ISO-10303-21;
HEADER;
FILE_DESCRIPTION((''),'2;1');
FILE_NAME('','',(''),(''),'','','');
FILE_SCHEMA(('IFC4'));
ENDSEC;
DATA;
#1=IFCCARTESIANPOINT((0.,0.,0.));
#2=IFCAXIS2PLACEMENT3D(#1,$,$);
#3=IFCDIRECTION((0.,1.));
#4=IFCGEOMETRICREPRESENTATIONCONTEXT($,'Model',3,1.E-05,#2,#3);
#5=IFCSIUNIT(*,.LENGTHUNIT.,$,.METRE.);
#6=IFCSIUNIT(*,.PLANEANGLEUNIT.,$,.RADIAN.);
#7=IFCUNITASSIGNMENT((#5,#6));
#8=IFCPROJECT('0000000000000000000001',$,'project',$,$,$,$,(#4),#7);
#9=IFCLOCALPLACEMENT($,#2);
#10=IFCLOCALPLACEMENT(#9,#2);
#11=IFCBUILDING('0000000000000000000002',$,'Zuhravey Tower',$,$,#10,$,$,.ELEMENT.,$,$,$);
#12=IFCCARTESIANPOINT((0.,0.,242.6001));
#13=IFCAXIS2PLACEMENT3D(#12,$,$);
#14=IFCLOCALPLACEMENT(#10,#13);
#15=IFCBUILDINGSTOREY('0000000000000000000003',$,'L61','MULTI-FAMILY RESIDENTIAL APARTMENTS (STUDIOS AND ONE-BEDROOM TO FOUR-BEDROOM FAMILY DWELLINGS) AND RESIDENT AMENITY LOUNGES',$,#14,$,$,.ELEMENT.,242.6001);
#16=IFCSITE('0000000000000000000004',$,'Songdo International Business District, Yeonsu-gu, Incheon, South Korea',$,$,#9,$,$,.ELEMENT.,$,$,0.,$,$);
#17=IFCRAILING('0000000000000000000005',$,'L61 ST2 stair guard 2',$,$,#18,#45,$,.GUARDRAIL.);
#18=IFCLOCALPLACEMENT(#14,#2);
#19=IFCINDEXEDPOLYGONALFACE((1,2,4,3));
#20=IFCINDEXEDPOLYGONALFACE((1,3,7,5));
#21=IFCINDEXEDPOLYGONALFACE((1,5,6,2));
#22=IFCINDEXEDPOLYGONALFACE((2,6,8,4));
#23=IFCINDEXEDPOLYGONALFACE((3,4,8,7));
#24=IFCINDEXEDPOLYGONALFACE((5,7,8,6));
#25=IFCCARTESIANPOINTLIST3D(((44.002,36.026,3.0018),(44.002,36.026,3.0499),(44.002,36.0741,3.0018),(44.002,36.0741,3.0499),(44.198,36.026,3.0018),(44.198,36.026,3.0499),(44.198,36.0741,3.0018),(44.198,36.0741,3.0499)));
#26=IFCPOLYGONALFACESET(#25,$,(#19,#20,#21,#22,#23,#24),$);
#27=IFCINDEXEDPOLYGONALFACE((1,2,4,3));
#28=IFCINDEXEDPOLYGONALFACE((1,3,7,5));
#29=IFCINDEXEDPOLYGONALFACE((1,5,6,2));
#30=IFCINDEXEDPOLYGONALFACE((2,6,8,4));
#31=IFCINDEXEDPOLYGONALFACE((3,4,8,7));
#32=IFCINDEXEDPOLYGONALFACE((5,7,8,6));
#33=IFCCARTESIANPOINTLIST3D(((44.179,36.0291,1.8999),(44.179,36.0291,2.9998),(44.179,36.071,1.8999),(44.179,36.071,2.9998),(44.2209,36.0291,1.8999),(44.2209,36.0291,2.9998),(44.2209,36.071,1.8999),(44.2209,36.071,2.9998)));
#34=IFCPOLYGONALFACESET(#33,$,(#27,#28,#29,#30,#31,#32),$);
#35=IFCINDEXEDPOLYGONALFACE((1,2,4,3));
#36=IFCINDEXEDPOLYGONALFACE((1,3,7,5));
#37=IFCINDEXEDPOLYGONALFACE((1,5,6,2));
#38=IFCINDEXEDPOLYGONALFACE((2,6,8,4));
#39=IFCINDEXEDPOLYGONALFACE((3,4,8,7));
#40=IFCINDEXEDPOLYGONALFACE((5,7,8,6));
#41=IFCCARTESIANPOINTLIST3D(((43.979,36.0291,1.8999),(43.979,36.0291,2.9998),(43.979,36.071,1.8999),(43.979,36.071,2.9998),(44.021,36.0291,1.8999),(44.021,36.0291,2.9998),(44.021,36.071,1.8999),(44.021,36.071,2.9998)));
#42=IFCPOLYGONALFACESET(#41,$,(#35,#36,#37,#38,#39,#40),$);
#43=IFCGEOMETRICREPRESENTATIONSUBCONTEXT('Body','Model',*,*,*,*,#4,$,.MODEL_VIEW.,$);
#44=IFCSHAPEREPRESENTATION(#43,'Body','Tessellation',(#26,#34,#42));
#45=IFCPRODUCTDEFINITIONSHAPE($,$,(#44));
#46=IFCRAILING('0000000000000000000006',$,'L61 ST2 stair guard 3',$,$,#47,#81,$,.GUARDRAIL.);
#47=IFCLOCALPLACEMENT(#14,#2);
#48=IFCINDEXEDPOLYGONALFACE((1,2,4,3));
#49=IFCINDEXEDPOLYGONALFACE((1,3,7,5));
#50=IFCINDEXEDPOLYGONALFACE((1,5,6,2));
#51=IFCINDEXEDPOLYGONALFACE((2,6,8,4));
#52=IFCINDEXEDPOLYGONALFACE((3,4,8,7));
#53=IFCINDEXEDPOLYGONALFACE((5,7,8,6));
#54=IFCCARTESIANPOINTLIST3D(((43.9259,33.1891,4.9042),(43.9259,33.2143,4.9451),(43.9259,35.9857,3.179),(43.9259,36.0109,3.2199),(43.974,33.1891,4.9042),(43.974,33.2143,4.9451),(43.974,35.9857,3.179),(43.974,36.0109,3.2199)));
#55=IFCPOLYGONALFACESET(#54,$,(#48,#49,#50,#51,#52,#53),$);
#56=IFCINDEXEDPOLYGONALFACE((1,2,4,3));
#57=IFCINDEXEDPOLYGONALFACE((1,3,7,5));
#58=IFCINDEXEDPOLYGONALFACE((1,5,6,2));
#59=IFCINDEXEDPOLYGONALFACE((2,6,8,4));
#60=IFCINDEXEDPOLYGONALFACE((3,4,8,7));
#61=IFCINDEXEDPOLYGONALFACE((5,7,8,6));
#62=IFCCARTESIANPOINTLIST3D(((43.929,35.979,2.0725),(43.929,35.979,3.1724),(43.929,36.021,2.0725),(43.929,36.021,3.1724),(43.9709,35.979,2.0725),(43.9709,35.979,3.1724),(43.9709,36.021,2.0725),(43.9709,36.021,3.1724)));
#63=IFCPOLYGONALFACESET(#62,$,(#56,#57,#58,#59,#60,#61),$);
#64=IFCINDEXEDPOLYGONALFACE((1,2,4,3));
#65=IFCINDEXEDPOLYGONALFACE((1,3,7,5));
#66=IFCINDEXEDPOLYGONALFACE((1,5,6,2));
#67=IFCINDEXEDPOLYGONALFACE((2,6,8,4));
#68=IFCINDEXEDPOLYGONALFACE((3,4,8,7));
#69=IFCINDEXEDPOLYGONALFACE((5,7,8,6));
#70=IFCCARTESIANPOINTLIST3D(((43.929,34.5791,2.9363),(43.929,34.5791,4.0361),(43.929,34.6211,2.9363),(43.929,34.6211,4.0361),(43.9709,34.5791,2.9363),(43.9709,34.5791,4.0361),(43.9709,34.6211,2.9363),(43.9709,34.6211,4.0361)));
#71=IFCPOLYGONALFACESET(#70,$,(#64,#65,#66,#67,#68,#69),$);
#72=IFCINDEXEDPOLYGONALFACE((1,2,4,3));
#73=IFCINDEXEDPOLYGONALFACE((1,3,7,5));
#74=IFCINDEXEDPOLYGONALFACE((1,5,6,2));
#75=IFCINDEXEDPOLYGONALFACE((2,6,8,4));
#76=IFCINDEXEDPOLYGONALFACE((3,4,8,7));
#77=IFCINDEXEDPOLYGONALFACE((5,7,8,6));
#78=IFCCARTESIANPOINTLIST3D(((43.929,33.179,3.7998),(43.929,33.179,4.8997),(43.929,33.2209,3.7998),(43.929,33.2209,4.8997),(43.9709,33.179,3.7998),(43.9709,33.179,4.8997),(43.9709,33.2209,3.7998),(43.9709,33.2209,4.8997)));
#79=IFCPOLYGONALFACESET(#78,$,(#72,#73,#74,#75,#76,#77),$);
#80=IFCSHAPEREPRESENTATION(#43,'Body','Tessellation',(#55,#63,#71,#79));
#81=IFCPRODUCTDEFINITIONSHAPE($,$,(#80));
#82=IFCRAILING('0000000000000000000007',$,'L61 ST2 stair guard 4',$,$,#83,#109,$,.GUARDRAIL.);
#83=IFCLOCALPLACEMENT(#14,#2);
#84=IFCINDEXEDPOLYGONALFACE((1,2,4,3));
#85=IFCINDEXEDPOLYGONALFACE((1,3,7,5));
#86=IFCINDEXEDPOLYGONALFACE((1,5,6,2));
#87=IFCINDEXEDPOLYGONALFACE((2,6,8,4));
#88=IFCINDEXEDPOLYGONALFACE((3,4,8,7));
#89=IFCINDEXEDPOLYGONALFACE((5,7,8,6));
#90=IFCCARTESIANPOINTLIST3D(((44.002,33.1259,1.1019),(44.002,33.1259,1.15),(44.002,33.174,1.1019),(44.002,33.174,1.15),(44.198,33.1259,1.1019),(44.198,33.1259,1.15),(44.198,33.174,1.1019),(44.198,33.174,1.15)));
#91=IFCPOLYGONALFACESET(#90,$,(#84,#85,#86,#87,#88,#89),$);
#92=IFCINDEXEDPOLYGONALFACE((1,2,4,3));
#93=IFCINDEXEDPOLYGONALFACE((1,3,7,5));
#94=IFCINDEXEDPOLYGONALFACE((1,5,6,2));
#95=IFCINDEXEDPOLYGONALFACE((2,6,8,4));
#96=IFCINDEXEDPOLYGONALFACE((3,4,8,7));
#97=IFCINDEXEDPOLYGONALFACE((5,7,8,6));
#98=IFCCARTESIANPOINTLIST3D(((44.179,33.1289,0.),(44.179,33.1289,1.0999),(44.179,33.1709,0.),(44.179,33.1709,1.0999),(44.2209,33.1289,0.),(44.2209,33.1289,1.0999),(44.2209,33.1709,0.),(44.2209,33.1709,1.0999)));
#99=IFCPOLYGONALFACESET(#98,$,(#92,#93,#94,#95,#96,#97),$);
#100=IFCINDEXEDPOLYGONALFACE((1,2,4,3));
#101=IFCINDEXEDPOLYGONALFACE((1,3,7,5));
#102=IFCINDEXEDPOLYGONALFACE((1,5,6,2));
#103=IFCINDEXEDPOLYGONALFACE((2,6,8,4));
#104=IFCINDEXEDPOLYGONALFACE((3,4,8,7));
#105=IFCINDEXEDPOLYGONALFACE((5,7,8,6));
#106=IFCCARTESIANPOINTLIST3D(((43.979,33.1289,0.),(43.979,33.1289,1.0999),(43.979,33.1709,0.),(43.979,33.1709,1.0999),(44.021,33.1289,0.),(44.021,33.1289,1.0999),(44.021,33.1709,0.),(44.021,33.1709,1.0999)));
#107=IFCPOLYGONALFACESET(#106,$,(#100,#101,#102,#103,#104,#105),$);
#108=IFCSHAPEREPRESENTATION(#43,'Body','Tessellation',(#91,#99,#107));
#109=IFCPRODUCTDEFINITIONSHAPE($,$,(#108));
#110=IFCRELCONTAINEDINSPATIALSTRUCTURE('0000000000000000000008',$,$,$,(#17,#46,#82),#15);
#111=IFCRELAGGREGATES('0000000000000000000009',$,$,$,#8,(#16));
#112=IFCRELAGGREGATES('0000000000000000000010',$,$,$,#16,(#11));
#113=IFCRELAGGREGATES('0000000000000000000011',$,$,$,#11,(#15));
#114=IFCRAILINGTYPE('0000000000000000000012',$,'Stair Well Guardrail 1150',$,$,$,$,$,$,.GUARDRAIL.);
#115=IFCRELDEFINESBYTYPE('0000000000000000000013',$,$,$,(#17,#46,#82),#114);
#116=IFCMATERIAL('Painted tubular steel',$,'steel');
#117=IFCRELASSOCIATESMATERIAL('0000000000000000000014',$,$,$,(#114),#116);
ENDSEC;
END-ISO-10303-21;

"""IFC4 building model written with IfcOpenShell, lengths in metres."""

from ifc_helpers import new_model, si_unit, direction, frame, origin, origin_2d, place, context, subcontext, project, spatial, rectangle, extrude, material, type_object, element, save


model = new_model("IFC4")

# Units and contexts
model_context = context("Model", 3, precision=1e-05, world=origin(), true_north=direction((0.0, 1.0)))
body_context = subcontext(model_context, "Body", "Model", "MODEL_VIEW")
ifc_project = project(units=[si_unit("LENGTHUNIT", "METRE"), si_unit("PLANEANGLEUNIT", "RADIAN")], contexts=[model_context])

# Site, building, storey
site_placement = place(None, origin())
site = spatial("IfcSite", under=ifc_project, at=site_placement, Name="Songdo International Business District, Yeonsu-gu, Incheon, South Korea", CompositionType="ELEMENT", RefElevation=0.0)
building_placement = place(site_placement, origin())
building = spatial("IfcBuilding", under=site, at=building_placement, Name="Zuhravey Tower", CompositionType="ELEMENT")
storey_placement = place(building_placement, frame((0.0, 0.0, 242.6001)))
storey = spatial("IfcBuildingStorey", under=building, at=storey_placement, Name="L61", Description="MULTI-FAMILY RESIDENTIAL APARTMENTS (STUDIOS AND ONE-BEDROOM TO FOUR-BEDROOM FAMILY DWELLINGS) AND RESIDENT AMENITY LOUNGES", CompositionType="ELEMENT", Elevation=242.6001)

# Railings
ifc_material_1 = material(Name="Painted tubular steel", Category="steel")
railing_type_1 = type_object("IfcRailingType", Name="Stair Well Guardrail 1150", PredefinedType="GUARDRAIL", material=ifc_material_1)
railing_1_placement = place(storey_placement, frame((44.2, 36.05, 1.8999)))
element("IfcRailing", 1, at=railing_1_placement, inside=storey, type_object=railing_type_1, Name="L61 ST2 stair guard 2", PredefinedType="GUARDRAIL", context=body_context, shape_type="SweptSolid", body=[
    extrude(rectangle(XDim=0.0481, YDim=0.0481, at=origin_2d()), frame((-0.002, 0.0, 1.126), z_axis=(-1.0, 0.0, 0.0), x_axis=(0.0, -1.0, 0.0)), (0.0, 0.0, 1.0), 0.196),
    extrude(rectangle(XDim=0.042, YDim=0.042, at=origin_2d()), origin(), (0.0, 0.0, 1.0), 1.0999),
    extrude(rectangle(XDim=0.042, YDim=0.042, at=origin_2d()), frame((-0.2, 0.0, 0.0)), (0.0, 0.0, 1.0), 1.0999),
])
railing_2_placement = place(storey_placement, frame((43.95, 36.0, 2.0725)))
element("IfcRailing", 2, at=railing_2_placement, inside=storey, type_object=railing_type_1, Name="L61 ST2 stair guard 3", PredefinedType="GUARDRAIL", context=body_context, shape_type="SweptSolid", body=[
    extrude(rectangle(XDim=0.0481, YDim=0.0481, at=origin_2d()), frame((0.0, -0.0017, 1.127), z_axis=(0.0, -0.85109, 0.52502), x_axis=(1.0, 0.0, 0.0)), (0.0, 0.0, 1.0), 3.2859),
    extrude(rectangle(XDim=0.042, YDim=0.042, at=origin_2d()), origin(), (0.0, 0.0, 1.0), 1.0999),
    extrude(rectangle(XDim=0.042, YDim=0.042, at=origin_2d()), frame((0.0, -1.3999, 0.8638)), (0.0, 0.0, 1.0), 1.0999),
    extrude(rectangle(XDim=0.042, YDim=0.042, at=origin_2d()), frame((0.0, -2.8, 1.7273)), (0.0, 0.0, 1.0), 1.0999),
])
railing_3_placement = place(storey_placement, frame((44.2, 33.1499, 0.0)))
element("IfcRailing", 3, at=railing_3_placement, inside=storey, type_object=railing_type_1, Name="L61 ST2 stair guard 4", PredefinedType="GUARDRAIL", context=body_context, shape_type="SweptSolid", body=[
    extrude(rectangle(XDim=0.0481, YDim=0.0481, at=origin_2d()), frame((-0.002, 0.0, 1.126), z_axis=(-1.0, 0.0, 0.0), x_axis=(0.0, -1.0, 0.0)), (0.0, 0.0, 1.0), 0.196),
    extrude(rectangle(XDim=0.042, YDim=0.042, at=origin_2d()), origin(), (0.0, 0.0, 1.0), 1.0999),
    extrude(rectangle(XDim=0.042, YDim=0.042, at=origin_2d()), frame((-0.2, 0.0, 0.0)), (0.0, 0.0, 1.0), 1.0999),
])

save(model, "model.ifc")
